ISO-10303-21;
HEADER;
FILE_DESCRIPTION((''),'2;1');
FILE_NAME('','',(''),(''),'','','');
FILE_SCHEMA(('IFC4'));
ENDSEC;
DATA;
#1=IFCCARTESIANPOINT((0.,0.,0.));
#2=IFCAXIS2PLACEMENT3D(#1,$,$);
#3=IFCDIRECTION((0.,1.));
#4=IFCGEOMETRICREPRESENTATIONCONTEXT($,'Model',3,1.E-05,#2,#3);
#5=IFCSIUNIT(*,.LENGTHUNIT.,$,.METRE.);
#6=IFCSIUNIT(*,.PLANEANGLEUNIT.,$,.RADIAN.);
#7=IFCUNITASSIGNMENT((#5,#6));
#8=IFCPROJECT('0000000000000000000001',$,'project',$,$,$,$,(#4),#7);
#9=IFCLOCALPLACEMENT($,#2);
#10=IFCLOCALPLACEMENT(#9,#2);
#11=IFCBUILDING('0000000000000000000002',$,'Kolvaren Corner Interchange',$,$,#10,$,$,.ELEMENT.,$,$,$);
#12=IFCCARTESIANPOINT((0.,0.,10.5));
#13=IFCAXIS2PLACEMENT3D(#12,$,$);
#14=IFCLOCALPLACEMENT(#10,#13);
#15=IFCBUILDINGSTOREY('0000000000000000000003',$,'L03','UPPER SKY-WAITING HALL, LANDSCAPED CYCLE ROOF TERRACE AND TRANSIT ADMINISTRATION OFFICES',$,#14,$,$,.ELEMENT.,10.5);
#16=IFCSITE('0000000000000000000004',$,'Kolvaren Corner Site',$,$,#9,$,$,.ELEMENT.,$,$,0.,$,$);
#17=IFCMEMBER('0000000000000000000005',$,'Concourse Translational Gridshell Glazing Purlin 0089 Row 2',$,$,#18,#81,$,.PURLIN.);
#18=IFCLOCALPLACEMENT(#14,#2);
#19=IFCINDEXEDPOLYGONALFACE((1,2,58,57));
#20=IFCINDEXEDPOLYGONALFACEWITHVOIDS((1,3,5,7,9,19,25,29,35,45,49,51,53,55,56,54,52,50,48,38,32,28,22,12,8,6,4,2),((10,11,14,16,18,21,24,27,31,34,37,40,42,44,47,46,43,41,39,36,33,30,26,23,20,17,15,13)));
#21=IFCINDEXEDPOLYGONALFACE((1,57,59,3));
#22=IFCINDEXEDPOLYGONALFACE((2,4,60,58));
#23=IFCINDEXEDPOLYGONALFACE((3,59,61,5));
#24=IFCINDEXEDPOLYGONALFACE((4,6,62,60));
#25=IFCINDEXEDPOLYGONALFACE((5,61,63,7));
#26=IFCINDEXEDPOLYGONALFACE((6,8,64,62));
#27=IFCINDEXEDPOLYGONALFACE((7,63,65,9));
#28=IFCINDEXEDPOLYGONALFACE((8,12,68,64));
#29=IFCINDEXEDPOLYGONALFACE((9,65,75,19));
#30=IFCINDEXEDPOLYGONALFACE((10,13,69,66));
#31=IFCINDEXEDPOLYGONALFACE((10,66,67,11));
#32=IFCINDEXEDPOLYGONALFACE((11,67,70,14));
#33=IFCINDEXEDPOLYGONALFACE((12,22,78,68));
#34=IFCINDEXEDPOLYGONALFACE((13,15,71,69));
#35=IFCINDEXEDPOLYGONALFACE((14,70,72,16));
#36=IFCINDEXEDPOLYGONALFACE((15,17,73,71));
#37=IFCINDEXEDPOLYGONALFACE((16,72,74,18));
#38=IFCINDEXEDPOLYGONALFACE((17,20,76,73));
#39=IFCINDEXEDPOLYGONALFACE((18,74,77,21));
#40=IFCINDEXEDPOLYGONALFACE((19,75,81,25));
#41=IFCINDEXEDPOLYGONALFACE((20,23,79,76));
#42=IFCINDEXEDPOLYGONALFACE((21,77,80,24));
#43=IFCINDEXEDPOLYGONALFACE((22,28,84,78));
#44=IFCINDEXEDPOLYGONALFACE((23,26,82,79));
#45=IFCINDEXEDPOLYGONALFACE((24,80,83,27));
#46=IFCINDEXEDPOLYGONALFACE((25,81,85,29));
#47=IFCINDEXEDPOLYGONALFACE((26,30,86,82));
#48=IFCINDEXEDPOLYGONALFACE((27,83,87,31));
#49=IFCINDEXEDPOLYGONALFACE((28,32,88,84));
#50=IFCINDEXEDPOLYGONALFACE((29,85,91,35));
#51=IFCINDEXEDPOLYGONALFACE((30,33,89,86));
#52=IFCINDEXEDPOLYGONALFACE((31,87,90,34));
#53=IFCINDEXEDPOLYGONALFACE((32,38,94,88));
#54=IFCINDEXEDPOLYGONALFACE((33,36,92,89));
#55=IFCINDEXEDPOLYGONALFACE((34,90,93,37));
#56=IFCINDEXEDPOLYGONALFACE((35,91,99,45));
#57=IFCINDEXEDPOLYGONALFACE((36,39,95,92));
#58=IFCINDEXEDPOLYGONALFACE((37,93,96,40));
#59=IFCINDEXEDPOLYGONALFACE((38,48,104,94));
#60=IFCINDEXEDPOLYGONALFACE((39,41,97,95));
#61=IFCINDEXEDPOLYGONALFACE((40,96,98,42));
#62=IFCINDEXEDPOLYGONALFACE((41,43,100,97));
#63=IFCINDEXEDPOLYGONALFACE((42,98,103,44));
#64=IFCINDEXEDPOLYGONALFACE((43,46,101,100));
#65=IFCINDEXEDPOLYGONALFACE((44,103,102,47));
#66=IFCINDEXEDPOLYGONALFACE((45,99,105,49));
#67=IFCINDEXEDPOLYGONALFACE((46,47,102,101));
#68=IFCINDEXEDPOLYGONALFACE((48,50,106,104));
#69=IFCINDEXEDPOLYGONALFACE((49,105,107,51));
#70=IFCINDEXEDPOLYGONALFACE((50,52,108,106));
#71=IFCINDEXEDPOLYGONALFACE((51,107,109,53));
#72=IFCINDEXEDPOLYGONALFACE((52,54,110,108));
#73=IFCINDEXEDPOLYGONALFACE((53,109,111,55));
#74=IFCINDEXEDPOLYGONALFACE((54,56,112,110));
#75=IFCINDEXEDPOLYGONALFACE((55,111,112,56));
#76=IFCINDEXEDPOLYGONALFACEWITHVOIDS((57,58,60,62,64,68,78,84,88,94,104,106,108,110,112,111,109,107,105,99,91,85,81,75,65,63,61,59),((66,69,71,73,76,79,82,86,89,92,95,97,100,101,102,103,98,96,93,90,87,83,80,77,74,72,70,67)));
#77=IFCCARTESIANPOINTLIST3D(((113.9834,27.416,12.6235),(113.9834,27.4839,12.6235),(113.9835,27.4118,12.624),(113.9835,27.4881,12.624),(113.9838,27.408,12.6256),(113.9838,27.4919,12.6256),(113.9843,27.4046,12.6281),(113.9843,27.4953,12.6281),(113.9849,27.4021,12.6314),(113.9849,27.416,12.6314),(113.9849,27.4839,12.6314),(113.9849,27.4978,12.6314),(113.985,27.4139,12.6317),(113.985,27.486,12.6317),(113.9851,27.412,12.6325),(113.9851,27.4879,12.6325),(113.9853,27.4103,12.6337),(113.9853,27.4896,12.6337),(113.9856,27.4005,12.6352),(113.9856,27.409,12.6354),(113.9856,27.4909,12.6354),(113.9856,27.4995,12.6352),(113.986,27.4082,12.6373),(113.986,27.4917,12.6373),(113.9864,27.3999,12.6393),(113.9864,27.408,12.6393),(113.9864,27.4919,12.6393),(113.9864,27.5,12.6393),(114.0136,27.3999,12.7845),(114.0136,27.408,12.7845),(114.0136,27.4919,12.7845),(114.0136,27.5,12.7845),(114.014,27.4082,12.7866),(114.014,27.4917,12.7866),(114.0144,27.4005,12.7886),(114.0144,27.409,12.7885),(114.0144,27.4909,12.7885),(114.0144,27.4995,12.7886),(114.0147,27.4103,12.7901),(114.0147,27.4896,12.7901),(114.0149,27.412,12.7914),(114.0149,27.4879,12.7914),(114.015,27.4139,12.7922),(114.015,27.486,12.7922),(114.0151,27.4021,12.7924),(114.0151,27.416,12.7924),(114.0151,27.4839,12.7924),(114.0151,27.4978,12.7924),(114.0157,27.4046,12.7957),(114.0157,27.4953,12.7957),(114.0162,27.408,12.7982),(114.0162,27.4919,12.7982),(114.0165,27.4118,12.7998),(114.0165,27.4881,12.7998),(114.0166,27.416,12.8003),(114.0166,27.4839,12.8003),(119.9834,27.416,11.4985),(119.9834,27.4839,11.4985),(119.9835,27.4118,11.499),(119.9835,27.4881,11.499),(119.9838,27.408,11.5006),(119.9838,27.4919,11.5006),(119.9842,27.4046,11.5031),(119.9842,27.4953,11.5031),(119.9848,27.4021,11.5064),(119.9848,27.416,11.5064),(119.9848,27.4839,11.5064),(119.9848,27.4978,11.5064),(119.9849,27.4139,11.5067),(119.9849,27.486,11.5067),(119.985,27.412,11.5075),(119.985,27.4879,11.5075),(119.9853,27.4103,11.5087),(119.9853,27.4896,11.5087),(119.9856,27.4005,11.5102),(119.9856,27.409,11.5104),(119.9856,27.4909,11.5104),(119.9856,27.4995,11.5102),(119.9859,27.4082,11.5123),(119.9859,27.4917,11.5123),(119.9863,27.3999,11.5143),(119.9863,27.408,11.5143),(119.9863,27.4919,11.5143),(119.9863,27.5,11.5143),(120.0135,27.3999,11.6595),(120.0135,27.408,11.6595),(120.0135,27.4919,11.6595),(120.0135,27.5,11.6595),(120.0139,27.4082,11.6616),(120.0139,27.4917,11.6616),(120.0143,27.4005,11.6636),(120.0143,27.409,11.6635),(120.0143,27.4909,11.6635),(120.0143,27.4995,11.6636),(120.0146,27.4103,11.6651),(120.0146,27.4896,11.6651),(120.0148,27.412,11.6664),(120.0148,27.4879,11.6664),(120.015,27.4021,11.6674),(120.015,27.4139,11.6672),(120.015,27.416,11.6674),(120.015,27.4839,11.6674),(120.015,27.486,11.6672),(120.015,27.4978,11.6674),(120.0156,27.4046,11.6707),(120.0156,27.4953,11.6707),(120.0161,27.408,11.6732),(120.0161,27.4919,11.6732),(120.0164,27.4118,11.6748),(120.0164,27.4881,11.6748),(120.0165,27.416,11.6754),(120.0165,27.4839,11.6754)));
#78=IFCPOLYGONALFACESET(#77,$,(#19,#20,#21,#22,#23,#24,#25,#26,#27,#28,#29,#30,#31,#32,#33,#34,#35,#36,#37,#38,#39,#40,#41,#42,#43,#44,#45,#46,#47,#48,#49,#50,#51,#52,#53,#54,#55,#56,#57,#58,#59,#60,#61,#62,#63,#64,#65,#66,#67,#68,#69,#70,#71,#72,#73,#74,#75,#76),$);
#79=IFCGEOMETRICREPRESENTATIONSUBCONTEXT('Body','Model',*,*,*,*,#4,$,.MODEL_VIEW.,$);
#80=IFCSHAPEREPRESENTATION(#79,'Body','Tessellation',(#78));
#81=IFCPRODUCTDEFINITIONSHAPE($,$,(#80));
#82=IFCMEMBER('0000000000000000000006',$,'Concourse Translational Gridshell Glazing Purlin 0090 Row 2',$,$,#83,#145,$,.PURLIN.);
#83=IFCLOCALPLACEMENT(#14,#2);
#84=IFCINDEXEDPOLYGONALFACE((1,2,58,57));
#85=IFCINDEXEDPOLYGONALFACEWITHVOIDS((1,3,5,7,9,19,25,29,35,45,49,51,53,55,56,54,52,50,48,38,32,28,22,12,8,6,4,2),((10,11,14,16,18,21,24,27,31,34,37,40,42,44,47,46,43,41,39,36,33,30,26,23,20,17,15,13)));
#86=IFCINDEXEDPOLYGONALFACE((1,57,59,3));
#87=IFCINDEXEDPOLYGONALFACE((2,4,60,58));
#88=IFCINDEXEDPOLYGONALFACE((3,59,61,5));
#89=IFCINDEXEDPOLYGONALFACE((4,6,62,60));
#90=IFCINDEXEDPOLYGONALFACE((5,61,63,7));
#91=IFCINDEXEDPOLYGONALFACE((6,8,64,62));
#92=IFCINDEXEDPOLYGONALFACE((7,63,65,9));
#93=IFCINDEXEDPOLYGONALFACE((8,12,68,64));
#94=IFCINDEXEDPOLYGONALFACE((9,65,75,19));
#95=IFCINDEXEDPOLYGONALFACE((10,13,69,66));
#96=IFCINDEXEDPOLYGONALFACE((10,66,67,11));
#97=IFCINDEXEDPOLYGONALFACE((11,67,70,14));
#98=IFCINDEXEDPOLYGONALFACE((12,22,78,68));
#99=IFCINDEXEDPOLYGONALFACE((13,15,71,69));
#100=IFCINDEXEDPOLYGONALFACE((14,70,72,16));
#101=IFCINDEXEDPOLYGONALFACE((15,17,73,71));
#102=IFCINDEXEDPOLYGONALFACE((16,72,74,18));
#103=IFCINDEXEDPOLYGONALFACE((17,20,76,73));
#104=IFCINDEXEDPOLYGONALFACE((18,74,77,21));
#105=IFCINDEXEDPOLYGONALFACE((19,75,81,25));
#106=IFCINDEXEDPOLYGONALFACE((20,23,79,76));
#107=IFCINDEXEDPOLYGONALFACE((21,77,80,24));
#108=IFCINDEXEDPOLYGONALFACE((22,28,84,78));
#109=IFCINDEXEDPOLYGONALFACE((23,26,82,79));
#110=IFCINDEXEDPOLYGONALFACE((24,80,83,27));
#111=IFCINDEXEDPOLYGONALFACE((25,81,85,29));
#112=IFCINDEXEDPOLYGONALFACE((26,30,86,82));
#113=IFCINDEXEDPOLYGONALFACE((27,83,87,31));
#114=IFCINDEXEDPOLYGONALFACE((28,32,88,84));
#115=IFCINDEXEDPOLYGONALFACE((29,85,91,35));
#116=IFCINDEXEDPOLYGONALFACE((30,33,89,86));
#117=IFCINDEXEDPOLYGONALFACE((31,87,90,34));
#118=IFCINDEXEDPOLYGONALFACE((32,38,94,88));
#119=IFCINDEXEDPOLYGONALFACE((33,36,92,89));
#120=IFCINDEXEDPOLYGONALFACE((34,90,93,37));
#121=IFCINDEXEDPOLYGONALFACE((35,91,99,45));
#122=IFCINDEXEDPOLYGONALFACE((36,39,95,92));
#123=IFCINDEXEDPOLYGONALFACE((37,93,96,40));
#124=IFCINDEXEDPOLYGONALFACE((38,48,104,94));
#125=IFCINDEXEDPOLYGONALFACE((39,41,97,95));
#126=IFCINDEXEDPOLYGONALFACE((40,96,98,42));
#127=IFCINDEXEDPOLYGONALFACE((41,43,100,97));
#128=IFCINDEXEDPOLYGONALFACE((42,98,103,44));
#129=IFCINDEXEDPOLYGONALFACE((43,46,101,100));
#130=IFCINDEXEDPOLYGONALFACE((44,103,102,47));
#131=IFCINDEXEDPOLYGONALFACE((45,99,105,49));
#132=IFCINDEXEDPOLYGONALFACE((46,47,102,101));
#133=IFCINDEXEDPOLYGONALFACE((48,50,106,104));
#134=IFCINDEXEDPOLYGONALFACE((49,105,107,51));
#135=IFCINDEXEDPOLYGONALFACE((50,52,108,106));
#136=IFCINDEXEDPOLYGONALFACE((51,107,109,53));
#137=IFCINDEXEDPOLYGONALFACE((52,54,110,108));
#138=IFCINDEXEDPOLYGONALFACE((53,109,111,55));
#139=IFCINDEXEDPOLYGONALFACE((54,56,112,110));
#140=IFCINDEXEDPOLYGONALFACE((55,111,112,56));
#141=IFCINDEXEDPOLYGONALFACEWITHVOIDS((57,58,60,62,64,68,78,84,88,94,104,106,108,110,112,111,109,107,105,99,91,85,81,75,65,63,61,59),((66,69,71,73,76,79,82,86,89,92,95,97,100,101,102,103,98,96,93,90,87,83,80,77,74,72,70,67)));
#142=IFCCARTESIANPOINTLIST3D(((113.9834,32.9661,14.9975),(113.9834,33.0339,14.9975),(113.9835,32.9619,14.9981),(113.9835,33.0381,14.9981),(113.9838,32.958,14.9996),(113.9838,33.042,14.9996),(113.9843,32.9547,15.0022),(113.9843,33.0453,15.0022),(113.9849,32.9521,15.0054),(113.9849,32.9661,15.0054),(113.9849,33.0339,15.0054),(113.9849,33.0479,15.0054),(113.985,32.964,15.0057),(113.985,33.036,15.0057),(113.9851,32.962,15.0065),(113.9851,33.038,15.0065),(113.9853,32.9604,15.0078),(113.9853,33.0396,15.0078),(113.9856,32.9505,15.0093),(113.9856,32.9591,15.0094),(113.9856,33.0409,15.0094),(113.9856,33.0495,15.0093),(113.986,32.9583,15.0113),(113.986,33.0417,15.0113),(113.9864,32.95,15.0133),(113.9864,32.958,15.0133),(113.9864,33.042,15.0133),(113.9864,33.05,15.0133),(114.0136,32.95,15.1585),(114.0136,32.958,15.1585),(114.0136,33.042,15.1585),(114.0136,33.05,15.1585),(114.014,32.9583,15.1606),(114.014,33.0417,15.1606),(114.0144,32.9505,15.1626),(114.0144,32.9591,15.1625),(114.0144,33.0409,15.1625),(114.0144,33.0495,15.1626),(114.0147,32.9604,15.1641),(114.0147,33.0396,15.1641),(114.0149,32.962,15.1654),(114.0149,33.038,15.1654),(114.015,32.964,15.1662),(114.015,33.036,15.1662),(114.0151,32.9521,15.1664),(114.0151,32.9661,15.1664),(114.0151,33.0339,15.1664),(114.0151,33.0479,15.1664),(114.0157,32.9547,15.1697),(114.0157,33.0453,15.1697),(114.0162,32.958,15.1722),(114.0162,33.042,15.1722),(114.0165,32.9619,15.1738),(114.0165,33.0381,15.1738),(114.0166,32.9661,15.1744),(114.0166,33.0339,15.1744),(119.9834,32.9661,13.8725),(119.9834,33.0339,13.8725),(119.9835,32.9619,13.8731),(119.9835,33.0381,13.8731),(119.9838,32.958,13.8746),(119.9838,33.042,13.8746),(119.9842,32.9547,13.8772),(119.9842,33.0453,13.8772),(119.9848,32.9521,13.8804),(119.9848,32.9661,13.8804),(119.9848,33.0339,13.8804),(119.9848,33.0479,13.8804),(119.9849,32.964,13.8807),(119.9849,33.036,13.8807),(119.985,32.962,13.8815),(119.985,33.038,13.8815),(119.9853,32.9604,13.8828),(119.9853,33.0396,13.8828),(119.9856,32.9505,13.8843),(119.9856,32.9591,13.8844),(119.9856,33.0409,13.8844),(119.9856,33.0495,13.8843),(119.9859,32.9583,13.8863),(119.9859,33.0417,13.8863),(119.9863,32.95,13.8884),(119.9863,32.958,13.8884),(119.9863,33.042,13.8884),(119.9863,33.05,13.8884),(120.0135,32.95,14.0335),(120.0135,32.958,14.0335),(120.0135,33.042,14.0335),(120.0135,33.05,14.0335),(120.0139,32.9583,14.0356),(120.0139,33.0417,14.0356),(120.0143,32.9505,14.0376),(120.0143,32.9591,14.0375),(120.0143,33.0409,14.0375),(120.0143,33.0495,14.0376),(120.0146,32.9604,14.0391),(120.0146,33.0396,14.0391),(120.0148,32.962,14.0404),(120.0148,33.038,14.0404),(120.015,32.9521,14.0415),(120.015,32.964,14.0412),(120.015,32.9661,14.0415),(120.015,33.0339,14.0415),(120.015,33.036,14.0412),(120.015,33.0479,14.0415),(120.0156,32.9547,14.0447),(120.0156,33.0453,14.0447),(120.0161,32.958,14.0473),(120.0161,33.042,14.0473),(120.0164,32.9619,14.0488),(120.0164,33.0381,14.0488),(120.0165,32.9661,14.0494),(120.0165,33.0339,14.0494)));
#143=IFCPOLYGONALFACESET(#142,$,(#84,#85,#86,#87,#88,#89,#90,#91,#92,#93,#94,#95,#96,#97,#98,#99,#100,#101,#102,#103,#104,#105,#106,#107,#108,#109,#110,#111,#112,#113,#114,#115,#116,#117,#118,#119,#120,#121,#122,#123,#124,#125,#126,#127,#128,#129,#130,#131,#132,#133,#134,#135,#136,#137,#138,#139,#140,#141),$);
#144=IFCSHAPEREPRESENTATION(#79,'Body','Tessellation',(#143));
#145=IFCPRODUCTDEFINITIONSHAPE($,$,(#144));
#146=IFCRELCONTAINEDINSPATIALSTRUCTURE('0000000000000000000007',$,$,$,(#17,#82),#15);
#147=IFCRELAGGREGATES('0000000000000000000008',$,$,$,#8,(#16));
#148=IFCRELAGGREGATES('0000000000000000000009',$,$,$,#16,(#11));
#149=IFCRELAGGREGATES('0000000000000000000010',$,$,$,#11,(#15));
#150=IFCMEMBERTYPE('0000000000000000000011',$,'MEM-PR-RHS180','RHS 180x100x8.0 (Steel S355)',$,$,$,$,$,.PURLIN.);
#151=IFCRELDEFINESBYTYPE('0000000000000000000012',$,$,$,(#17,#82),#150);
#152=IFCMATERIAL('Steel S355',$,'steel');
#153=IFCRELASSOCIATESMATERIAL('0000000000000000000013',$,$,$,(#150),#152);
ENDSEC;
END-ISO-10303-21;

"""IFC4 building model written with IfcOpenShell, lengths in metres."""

from ifc_helpers import new_model, si_unit, direction, frame, origin, origin_2d, place, context, subcontext, project, spatial, hollow_rectangle, extrude, material, material_profile, profile_set, type_object, element, save


model = new_model("IFC4")

# Units and contexts
model_context = context("Model", 3, precision=1e-05, world=origin(), true_north=direction((0.0, 1.0)))
body_context = subcontext(model_context, "Body", "Model", "MODEL_VIEW")
ifc_project = project(units=[si_unit("LENGTHUNIT", "METRE"), si_unit("PLANEANGLEUNIT", "RADIAN")], contexts=[model_context])

# Site, building, storey
site_placement = place(None, origin())
site = spatial("IfcSite", under=ifc_project, at=site_placement, Name="Kolvaren Corner Site", CompositionType="ELEMENT", RefElevation=0.0)
building_placement = place(site_placement, origin())
building = spatial("IfcBuilding", under=site, at=building_placement, Name="Kolvaren Corner Interchange", CompositionType="ELEMENT")
storey_placement = place(building_placement, frame((0.0, 0.0, 10.5)))
storey = spatial("IfcBuildingStorey", under=building, at=storey_placement, Name="L03", Description="UPPER SKY-WAITING HALL, LANDSCAPED CYCLE ROOF TERRACE AND TRANSIT ADMINISTRATION OFFICES", CompositionType="ELEMENT", Elevation=10.5)

# Members
ifc_material_1 = material(Name="Steel S355", Category="steel")
ifc_material_profile_1 = material_profile(ifc_material_1, hollow_rectangle(XDim=0.1001, YDim=0.1799, WallThickness=0.0081, InnerFilletRadius=0.0081, OuterFilletRadius=0.0161, at=origin_2d()), Name="RHS 180x100x8.0")
ifc_profile_set_1 = profile_set([ifc_material_profile_1], Name="Steel S355")
member_type_1 = type_object("IfcMemberType", Name="MEM-PR-RHS180", Description="RHS 180x100x8.0 (Steel S355)", PredefinedType="PURLIN", material=ifc_profile_set_1)
for number, where, z_axis, x_axis, name in (
    (1, (114.0, 27.45, 12.7119), (0.982872, 0.0, -0.184289), (0.0, 1.0, 0.0), "Concourse Translational Gridshell Glazing Purlin 0089 Row 2"),
    (2, (114.0, 33.0, 15.0859), (0.982872, 0.0, -0.184289), (0.0, 1.0, 0.0), "Concourse Translational Gridshell Glazing Purlin 0090 Row 2"),
):
    element("IfcMember", number, at=place(storey_placement, frame(where, z_axis=z_axis, x_axis=x_axis)), inside=storey, type_object=member_type_1, Name=name, PredefinedType="PURLIN", context=body_context, shape_type="SweptSolid", body=[
        extrude(hollow_rectangle(XDim=0.1001, YDim=0.1799, WallThickness=0.0081, InnerFilletRadius=0.0081, OuterFilletRadius=0.0161, at=origin_2d()), origin(), (0.0, 0.0, 1.0), 6.1045),
    ])

save(model, "model.ifc")
